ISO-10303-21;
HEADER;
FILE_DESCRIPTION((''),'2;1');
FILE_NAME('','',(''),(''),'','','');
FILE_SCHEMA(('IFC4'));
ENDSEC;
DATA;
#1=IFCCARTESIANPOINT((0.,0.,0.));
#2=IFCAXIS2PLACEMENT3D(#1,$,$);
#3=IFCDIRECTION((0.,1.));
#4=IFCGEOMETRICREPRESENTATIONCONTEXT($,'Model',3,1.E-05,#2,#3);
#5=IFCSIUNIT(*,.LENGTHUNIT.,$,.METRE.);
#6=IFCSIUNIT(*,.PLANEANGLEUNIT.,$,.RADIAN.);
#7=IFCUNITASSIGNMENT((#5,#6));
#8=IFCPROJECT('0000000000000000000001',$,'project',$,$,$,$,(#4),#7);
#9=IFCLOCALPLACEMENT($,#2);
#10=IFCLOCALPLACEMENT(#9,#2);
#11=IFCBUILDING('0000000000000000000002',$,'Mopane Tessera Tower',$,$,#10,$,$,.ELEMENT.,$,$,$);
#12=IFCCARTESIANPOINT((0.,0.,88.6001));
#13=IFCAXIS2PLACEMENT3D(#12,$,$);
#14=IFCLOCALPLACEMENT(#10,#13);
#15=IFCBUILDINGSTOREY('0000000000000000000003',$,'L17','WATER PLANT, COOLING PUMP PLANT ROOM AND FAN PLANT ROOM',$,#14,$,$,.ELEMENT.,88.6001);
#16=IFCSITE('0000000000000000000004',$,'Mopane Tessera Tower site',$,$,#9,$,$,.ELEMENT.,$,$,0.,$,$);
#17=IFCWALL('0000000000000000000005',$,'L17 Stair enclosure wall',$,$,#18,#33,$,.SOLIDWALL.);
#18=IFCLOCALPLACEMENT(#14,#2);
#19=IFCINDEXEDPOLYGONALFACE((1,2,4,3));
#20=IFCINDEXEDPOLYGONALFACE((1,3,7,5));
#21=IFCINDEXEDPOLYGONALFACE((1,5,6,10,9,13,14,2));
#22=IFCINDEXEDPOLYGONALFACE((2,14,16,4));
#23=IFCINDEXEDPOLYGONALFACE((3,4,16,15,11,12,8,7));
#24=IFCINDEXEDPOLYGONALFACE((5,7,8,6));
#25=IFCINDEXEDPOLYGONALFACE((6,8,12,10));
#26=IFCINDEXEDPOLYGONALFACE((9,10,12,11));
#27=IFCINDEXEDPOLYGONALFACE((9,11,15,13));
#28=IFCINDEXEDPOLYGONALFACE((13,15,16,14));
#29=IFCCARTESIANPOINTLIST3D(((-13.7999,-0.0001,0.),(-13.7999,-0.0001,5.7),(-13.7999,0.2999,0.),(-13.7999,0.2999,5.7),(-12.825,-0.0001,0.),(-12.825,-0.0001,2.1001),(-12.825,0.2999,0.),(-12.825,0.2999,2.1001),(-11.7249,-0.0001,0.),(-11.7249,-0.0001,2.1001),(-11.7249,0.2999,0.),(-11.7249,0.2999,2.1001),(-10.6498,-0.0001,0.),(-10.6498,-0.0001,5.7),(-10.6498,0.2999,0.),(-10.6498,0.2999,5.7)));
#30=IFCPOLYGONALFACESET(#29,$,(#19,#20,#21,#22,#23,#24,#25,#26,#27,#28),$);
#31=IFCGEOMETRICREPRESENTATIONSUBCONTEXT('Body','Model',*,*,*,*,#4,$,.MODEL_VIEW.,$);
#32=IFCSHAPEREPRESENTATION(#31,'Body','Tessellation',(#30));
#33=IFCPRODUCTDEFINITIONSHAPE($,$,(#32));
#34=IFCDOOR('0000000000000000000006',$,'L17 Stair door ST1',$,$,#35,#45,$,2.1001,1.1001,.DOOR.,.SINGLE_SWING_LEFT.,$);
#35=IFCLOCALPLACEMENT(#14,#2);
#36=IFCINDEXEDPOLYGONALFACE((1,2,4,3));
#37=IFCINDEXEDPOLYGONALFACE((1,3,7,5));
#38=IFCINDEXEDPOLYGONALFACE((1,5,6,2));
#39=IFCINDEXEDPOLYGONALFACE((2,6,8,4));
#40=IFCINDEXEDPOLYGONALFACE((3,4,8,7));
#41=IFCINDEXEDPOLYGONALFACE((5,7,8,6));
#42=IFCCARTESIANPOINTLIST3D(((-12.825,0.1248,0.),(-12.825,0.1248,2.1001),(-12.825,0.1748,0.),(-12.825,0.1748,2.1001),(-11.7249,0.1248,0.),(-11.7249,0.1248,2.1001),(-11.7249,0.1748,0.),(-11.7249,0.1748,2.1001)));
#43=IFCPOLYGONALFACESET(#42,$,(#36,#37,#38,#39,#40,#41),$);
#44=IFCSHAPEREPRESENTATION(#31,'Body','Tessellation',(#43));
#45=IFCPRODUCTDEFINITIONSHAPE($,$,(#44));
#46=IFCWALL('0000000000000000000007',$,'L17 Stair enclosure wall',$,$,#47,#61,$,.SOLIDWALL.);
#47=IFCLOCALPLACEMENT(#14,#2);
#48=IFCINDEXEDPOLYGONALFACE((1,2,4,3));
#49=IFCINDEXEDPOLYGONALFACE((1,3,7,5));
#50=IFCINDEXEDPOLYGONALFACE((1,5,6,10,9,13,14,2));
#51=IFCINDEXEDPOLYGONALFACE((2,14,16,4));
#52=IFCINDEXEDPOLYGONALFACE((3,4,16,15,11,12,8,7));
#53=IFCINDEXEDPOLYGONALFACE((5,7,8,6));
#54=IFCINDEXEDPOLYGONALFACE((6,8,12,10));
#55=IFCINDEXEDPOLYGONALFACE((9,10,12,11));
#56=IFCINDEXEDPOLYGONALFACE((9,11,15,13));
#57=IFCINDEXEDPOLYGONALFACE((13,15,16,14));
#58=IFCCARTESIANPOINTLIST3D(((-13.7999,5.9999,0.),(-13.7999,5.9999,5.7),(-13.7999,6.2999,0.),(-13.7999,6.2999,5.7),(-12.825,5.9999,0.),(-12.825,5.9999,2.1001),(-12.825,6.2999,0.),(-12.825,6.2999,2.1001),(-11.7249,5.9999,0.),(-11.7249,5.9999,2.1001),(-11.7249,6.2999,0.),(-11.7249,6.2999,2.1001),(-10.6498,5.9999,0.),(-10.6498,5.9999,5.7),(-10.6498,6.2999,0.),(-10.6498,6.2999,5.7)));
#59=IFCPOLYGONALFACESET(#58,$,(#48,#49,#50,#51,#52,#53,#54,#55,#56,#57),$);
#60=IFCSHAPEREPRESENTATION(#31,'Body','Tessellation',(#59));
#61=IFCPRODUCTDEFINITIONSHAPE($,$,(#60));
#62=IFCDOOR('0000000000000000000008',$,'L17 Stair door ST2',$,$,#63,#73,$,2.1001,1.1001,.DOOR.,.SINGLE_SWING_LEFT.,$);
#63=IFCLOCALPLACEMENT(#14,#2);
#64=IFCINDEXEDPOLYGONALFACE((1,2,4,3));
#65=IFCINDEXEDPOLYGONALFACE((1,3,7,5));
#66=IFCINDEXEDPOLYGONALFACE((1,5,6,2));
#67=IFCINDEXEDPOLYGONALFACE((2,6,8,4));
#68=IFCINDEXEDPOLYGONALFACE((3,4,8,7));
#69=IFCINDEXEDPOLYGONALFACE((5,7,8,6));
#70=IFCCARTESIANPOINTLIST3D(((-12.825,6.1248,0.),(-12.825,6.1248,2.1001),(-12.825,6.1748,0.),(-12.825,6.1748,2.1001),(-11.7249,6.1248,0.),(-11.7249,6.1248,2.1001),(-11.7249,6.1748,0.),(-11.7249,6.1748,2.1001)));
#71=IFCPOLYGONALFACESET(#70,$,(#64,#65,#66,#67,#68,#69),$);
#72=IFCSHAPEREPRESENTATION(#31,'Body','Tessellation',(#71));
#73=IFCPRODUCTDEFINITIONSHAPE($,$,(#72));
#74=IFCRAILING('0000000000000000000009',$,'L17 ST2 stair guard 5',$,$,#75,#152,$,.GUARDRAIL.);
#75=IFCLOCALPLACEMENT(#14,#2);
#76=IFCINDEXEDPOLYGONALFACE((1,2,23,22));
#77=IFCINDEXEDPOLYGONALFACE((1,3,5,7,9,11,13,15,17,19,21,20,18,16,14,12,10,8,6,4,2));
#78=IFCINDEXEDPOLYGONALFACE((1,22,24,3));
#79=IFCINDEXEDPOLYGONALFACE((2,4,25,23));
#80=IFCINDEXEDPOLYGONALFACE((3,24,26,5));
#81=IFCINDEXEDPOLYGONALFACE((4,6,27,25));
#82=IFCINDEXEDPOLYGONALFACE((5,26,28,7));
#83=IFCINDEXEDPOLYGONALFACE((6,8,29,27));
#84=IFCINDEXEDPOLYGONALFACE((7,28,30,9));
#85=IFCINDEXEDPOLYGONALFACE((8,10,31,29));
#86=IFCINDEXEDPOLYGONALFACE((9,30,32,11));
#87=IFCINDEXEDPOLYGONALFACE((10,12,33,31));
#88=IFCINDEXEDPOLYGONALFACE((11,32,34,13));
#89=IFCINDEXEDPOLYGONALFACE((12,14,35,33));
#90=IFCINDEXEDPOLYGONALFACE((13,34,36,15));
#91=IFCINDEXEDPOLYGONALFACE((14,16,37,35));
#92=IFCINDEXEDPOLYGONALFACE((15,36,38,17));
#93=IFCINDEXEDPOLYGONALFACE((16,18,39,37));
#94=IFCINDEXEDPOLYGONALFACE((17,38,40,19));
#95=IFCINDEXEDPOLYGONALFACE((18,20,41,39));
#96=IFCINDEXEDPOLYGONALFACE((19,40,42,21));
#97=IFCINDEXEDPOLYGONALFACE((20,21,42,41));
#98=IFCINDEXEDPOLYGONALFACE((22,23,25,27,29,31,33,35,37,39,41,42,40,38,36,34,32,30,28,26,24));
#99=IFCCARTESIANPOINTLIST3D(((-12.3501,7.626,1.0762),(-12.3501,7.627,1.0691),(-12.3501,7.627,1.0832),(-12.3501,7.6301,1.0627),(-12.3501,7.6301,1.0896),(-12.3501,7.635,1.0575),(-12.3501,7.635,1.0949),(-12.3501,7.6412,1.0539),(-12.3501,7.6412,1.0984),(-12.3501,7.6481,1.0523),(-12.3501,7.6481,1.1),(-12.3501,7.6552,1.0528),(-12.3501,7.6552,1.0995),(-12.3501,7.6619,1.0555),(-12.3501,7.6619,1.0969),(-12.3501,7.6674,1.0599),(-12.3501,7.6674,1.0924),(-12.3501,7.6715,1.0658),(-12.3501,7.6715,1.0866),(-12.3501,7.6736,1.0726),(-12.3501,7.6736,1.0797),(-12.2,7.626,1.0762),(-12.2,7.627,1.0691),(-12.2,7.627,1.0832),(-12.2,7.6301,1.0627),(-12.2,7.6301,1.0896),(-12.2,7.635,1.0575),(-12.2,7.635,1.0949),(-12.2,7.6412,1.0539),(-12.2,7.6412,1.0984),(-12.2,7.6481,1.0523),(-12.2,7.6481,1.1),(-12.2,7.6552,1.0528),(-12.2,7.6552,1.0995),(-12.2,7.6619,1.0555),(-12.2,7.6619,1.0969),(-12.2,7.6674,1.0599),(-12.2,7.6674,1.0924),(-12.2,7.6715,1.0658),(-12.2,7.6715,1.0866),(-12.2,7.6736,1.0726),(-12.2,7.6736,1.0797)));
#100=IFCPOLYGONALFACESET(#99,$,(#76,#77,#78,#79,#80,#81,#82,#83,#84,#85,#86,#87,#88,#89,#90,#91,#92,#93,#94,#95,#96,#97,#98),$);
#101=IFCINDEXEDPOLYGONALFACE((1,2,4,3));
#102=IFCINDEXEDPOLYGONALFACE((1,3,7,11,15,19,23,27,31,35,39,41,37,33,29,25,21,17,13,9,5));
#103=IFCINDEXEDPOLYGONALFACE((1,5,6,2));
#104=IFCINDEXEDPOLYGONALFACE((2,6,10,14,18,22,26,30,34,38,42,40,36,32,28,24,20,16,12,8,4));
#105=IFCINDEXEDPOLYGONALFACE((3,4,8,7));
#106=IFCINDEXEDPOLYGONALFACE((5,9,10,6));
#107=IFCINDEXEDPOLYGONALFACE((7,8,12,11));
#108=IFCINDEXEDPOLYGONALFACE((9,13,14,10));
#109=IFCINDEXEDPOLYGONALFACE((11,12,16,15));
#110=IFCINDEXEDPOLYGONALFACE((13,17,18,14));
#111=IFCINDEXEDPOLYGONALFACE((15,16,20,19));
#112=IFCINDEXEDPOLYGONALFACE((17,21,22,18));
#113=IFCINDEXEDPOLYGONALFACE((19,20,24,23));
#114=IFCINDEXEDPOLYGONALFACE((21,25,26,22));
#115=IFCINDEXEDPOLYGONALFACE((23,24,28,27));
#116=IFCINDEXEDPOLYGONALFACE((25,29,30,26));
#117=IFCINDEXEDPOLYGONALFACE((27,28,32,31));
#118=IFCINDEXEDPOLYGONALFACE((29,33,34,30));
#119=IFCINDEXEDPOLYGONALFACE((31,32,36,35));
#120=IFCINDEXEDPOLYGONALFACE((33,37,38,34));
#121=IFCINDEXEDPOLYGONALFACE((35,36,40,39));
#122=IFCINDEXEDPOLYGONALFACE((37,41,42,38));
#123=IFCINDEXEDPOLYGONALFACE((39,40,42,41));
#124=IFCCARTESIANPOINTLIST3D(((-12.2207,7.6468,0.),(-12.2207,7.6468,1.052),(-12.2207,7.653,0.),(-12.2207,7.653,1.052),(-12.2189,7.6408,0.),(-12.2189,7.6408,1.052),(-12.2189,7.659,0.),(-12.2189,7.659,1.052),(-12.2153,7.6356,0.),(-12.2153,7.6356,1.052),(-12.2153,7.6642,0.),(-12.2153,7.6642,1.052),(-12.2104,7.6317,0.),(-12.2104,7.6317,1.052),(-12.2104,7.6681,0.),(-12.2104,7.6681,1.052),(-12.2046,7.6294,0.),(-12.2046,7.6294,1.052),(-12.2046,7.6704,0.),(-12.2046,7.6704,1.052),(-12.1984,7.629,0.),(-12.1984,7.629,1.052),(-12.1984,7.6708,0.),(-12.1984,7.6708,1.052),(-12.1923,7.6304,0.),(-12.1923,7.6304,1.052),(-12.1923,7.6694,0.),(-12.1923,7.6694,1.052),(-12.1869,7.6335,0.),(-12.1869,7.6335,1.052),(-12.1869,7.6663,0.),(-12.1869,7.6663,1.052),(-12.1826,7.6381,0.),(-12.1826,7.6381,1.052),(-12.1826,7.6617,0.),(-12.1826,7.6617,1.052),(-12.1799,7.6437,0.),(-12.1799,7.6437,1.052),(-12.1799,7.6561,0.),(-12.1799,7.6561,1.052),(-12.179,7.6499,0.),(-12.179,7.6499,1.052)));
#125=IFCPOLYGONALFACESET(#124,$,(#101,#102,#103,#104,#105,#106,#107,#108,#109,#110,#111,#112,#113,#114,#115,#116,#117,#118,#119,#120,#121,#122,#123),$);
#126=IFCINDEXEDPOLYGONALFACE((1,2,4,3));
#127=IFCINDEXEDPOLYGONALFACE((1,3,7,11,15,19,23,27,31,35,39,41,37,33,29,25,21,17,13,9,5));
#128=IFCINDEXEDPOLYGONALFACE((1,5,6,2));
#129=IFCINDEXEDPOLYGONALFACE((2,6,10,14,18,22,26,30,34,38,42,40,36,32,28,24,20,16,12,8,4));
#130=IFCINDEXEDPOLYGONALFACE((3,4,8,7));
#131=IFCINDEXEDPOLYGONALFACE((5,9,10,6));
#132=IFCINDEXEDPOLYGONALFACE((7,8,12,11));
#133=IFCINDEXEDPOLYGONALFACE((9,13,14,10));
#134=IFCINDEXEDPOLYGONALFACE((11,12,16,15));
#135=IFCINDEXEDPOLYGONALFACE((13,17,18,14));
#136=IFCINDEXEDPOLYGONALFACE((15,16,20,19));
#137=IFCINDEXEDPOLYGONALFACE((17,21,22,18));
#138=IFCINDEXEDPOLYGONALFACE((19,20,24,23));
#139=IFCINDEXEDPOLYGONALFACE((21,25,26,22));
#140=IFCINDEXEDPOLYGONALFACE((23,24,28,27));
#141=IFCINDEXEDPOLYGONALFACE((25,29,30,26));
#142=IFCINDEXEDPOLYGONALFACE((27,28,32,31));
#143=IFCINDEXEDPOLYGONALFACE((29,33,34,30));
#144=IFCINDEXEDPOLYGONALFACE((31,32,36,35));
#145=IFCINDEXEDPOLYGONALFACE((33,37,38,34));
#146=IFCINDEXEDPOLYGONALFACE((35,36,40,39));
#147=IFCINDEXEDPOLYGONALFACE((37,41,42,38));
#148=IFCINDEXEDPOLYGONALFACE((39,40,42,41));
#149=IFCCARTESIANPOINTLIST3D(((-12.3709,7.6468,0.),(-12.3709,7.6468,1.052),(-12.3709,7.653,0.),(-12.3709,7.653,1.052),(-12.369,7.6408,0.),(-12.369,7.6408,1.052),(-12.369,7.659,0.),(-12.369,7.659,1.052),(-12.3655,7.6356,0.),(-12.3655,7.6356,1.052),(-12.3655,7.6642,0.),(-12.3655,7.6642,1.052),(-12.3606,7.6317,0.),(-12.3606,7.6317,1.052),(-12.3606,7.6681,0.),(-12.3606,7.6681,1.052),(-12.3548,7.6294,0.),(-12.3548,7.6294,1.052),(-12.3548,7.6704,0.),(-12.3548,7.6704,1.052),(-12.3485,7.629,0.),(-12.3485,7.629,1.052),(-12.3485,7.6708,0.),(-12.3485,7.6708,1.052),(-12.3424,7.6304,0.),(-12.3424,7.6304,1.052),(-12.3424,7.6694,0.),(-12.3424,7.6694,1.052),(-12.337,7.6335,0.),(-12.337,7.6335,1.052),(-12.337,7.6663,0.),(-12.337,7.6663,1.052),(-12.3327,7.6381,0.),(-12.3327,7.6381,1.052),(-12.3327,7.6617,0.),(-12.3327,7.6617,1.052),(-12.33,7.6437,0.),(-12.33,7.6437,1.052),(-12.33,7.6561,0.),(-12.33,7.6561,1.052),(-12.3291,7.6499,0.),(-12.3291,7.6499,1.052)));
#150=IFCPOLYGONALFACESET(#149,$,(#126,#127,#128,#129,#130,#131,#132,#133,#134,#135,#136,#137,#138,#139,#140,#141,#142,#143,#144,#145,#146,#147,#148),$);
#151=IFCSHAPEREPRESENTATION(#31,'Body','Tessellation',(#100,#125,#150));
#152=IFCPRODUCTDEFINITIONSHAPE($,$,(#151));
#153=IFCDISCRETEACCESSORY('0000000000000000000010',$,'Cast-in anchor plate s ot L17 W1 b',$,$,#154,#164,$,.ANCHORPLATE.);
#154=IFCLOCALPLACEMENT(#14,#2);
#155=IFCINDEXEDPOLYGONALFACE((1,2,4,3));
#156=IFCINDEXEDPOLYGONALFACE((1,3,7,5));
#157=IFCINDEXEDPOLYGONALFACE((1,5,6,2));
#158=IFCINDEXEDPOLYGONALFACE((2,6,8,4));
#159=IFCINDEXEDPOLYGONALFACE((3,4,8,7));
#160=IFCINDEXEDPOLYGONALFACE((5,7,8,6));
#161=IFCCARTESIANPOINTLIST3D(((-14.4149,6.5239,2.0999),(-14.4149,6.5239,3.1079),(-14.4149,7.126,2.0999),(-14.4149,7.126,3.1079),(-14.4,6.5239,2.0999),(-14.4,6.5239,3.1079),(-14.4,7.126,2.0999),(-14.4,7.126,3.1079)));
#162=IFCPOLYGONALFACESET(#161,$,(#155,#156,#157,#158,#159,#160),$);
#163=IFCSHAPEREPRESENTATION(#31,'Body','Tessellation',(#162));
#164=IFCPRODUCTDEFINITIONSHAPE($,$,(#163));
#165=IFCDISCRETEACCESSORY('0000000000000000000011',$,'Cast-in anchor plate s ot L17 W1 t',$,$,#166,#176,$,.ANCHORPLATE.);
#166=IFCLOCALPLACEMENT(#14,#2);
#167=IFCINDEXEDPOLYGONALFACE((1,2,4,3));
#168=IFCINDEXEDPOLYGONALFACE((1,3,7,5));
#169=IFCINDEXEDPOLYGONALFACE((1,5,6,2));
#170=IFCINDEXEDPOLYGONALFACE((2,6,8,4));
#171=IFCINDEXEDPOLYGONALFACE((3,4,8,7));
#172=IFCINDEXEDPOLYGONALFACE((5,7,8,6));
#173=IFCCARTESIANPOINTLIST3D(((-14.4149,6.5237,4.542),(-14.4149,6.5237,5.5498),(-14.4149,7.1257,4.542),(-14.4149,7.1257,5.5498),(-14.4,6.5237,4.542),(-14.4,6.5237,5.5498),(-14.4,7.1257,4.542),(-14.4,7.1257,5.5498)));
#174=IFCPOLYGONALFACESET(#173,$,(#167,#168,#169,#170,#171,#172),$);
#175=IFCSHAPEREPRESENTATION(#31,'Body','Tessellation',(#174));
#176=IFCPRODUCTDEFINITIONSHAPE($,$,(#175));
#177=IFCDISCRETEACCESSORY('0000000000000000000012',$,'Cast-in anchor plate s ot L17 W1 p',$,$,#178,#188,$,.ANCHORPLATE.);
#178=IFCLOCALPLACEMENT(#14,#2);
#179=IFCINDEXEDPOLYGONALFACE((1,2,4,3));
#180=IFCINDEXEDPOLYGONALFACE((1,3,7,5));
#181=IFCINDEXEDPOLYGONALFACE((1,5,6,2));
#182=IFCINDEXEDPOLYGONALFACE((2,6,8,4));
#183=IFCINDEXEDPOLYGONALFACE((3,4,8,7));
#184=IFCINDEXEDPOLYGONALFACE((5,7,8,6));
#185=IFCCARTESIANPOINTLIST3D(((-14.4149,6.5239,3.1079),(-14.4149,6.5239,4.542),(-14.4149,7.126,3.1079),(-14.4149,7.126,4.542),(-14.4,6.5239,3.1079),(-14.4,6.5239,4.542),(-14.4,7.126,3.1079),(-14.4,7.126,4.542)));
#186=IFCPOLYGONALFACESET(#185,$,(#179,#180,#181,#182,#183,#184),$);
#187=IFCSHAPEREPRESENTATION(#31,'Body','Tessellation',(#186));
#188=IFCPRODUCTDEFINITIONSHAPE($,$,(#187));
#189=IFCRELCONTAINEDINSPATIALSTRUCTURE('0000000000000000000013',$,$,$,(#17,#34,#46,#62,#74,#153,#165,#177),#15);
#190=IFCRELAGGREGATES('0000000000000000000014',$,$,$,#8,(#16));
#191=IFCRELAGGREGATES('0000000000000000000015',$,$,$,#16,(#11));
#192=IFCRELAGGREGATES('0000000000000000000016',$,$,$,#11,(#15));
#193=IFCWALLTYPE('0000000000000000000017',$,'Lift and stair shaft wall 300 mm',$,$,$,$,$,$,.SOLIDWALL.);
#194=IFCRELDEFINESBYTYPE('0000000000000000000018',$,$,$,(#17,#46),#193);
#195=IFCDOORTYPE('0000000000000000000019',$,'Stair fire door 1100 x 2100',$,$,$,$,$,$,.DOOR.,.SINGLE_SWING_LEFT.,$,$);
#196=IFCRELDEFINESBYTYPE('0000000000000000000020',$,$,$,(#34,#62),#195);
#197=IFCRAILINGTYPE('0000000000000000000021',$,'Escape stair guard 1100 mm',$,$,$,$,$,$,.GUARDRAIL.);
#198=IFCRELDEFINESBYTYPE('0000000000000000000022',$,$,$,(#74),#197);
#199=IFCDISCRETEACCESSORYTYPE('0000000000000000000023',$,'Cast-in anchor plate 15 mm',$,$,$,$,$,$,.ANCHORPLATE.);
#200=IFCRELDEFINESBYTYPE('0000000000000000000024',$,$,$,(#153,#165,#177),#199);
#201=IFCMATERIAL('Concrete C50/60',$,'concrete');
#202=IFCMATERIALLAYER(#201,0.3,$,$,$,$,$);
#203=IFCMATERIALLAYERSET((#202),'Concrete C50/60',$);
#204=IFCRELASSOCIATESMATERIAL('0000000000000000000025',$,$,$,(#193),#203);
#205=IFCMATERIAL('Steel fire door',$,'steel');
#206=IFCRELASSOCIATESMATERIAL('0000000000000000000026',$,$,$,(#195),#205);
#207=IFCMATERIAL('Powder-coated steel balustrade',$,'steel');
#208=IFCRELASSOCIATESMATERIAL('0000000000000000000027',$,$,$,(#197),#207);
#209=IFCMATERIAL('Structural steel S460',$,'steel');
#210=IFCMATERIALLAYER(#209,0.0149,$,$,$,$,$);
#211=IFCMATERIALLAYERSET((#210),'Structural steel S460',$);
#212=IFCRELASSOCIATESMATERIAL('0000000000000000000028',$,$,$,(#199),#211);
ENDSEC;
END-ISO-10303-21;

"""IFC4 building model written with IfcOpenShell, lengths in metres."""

from ifc_helpers import new_model, si_unit, direction, frame, frame_2d, origin, origin_2d, place, context, subcontext, project, spatial, rectangle, circle, extrude, material, layer, layer_set, type_object, element, fill, save


model = new_model("IFC4")

# Units and contexts
model_context = context("Model", 3, precision=1e-05, world=origin(), true_north=direction((0.0, 1.0)))
body_context = subcontext(model_context, "Body", "Model", "MODEL_VIEW")
ifc_project = project(units=[si_unit("LENGTHUNIT", "METRE"), si_unit("PLANEANGLEUNIT", "RADIAN")], contexts=[model_context])

# Site, building, storey
site_placement = place(None, origin())
site = spatial("IfcSite", under=ifc_project, at=site_placement, Name="Mopane Tessera Tower site", CompositionType="ELEMENT", RefElevation=0.0)
building_placement = place(site_placement, origin())
building = spatial("IfcBuilding", under=site, at=building_placement, Name="Mopane Tessera Tower", CompositionType="ELEMENT")
storey_placement = place(building_placement, frame((0.0, 0.0, 88.6001)))
storey = spatial("IfcBuildingStorey", under=building, at=storey_placement, Name="L17", Description="WATER PLANT, COOLING PUMP PLANT ROOM AND FAN PLANT ROOM", CompositionType="ELEMENT", Elevation=88.6001)

# Walls, openings, doors
ifc_material_1 = material(Name="Concrete C50/60", Category="concrete")
ifc_layer_1 = layer(ifc_material_1, 0.3)
ifc_layer_set_1 = layer_set([ifc_layer_1], Name="Concrete C50/60")
wall_type = type_object("IfcWallType", Name="Lift and stair shaft wall 300 mm", PredefinedType="SOLIDWALL", material=ifc_layer_set_1)
wall_1_placement = place(storey_placement, frame((-13.8, 0.1499, 0.0), z_axis=(0.0, 0.0, 1.0), x_axis=(1.0, 0.0, 0.0)))
wall_1 = element("IfcWall", 1, at=wall_1_placement, inside=storey, type_object=wall_type, Name="L17 Stair enclosure wall", PredefinedType="SOLIDWALL", context=body_context, shape_type="SweptSolid", body=[
    extrude(rectangle(XDim=3.1501, YDim=0.3, at=frame_2d((1.5752, 0.0))), origin(), (0.0, 0.0, 1.0), 5.7),
])
opening_1_placement = place(wall_1_placement, frame((0.9751, 0.0, 0.0)))
opening_1 = element("IfcOpeningElement", 2, at=opening_1_placement, cuts=wall_1, PredefinedType="OPENING", context=body_context, shape_type="SweptSolid", body=[
    extrude(rectangle(XDim=1.1001, YDim=2.1001, at=frame_2d((0.55, 1.05))), frame((0.0, 0.1621, 0.0), z_axis=(0.0, -1.0, 0.0), x_axis=(1.0, 0.0, 0.0)), (0.0, 0.0, 1.0), 0.324),
])
ifc_material_2 = material(Name="Steel fire door", Category="steel")
door_type = type_object("IfcDoorType", Name="Stair fire door 1100 x 2100", OperationType="SINGLE_SWING_LEFT", PredefinedType="DOOR", material=ifc_material_2)
door_1_placement = place(opening_1_placement, origin())
door_1 = element("IfcDoor", 3, at=door_1_placement, inside=storey, type_object=door_type, Name="L17 Stair door ST1", OperationType="SINGLE_SWING_LEFT", OverallHeight=2.1001, OverallWidth=1.1001, PredefinedType="DOOR", context=body_context, shape_type="SweptSolid", body=[
    extrude(rectangle(XDim=1.1001, YDim=2.1001, at=frame_2d((0.55, 1.05))), frame((0.0, 0.0249, 0.0), z_axis=(0.0, -1.0, 0.0), x_axis=(1.0, 0.0, 0.0)), (0.0, 0.0, 1.0), 0.05),
])
fill(opening_1, door_1)
wall_2_placement = place(storey_placement, frame((-13.8, 6.1499, 0.0), z_axis=(0.0, 0.0, 1.0), x_axis=(1.0, 0.0, 0.0)))
wall_2 = element("IfcWall", 4, at=wall_2_placement, inside=storey, type_object=wall_type, Name="L17 Stair enclosure wall", PredefinedType="SOLIDWALL", context=body_context, shape_type="SweptSolid", body=[
    extrude(rectangle(XDim=3.1501, YDim=0.3, at=frame_2d((1.5752, 0.0))), origin(), (0.0, 0.0, 1.0), 5.7),
])
opening_2_placement = place(wall_2_placement, frame((0.9751, 0.0, 0.0)))
opening_2 = element("IfcOpeningElement", 5, at=opening_2_placement, cuts=wall_2, PredefinedType="OPENING", context=body_context, shape_type="SweptSolid", body=[
    extrude(rectangle(XDim=1.1001, YDim=2.1001, at=frame_2d((0.55, 1.05))), frame((0.0, 0.1621, 0.0), z_axis=(0.0, -1.0, 0.0), x_axis=(1.0, 0.0, 0.0)), (0.0, 0.0, 1.0), 0.324),
])
door_2_placement = place(opening_2_placement, origin())
door_2 = element("IfcDoor", 6, at=door_2_placement, inside=storey, type_object=door_type, Name="L17 Stair door ST2", OperationType="SINGLE_SWING_LEFT", OverallHeight=2.1001, OverallWidth=1.1001, PredefinedType="DOOR", context=body_context, shape_type="SweptSolid", body=[
    extrude(rectangle(XDim=1.1001, YDim=2.1001, at=frame_2d((0.55, 1.05))), frame((0.0, 0.0249, 0.0), z_axis=(0.0, -1.0, 0.0), x_axis=(1.0, 0.0, 0.0)), (0.0, 0.0, 1.0), 0.05),
])
fill(opening_2, door_2)

# Railing
ifc_material_3 = material(Name="Powder-coated steel balustrade", Category="steel")
railing_type = type_object("IfcRailingType", Name="Escape stair guard 1100 mm", PredefinedType="GUARDRAIL", material=ifc_material_3)
railing_placement = place(storey_placement, frame((-12.2, 7.6499, 0.0)))
element("IfcRailing", 7, at=railing_placement, inside=storey, type_object=railing_type, Name="L17 ST2 stair guard 5", PredefinedType="GUARDRAIL", context=body_context, shape_type="SweptSolid", body=[
    extrude(circle(Radius=0.0239, at=origin_2d()), frame((0.0, 0.0, 1.0762), z_axis=(-1.0, 0.0, 0.0), x_axis=(0.0, -1.0, 0.0)), (0.0, 0.0, 1.0), 0.1501),
    extrude(circle(Radius=0.021, at=origin_2d()), origin(), (0.0, 0.0, 1.0), 1.052),
    extrude(circle(Radius=0.021, at=origin_2d()), frame((-0.1501, 0.0, 0.0)), (0.0, 0.0, 1.0), 1.052),
])

# Discrete accessories
ifc_material_4 = material(Name="Structural steel S460", Category="steel")
ifc_layer_2 = layer(ifc_material_4, 0.0149)
ifc_layer_set_2 = layer_set([ifc_layer_2], Name="Structural steel S460")
discrete_accessory_type_1 = type_object("IfcDiscreteAccessoryType", Name="Cast-in anchor plate 15 mm", PredefinedType="ANCHORPLATE", material=ifc_layer_set_2)
discrete_accessory_1_placement = place(storey_placement, frame((-14.4075, 6.825, 2.0999), z_axis=(0.0, 0.0, 1.0), x_axis=(-1.0, 0.0, 0.0)))
element("IfcDiscreteAccessory", 8, at=discrete_accessory_1_placement, inside=storey, type_object=discrete_accessory_type_1, Name="Cast-in anchor plate s ot L17 W1 b", PredefinedType="ANCHORPLATE", context=body_context, shape_type="SweptSolid", body=[
    extrude(rectangle(XDim=0.0149, YDim=0.6021, at=origin_2d()), origin(), (0.0, 0.0, 1.0), 1.0081),
])
discrete_accessory_2_placement = place(storey_placement, frame((-14.4075, 6.8247, 4.542), z_axis=(0.0, 0.0, 1.0), x_axis=(-1.0, 0.0, 0.0)))
element("IfcDiscreteAccessory", 9, at=discrete_accessory_2_placement, inside=storey, type_object=discrete_accessory_type_1, Name="Cast-in anchor plate s ot L17 W1 t", PredefinedType="ANCHORPLATE", context=body_context, shape_type="SweptSolid", body=[
    extrude(rectangle(XDim=0.0149, YDim=0.6021, at=origin_2d()), origin(), (0.0, 0.0, 1.0), 1.0078),
])
discrete_accessory_3_placement = place(storey_placement, frame((-14.4075, 6.825, 3.1079), z_axis=(0.0, 0.0, 1.0), x_axis=(-1.0, 0.0, 0.0)))
element("IfcDiscreteAccessory", 10, at=discrete_accessory_3_placement, inside=storey, type_object=discrete_accessory_type_1, Name="Cast-in anchor plate s ot L17 W1 p", PredefinedType="ANCHORPLATE", context=body_context, shape_type="SweptSolid", body=[
    extrude(rectangle(XDim=0.0149, YDim=0.6021, at=origin_2d()), origin(), (0.0, 0.0, 1.0), 1.4341),
])

save(model, "model.ifc")
